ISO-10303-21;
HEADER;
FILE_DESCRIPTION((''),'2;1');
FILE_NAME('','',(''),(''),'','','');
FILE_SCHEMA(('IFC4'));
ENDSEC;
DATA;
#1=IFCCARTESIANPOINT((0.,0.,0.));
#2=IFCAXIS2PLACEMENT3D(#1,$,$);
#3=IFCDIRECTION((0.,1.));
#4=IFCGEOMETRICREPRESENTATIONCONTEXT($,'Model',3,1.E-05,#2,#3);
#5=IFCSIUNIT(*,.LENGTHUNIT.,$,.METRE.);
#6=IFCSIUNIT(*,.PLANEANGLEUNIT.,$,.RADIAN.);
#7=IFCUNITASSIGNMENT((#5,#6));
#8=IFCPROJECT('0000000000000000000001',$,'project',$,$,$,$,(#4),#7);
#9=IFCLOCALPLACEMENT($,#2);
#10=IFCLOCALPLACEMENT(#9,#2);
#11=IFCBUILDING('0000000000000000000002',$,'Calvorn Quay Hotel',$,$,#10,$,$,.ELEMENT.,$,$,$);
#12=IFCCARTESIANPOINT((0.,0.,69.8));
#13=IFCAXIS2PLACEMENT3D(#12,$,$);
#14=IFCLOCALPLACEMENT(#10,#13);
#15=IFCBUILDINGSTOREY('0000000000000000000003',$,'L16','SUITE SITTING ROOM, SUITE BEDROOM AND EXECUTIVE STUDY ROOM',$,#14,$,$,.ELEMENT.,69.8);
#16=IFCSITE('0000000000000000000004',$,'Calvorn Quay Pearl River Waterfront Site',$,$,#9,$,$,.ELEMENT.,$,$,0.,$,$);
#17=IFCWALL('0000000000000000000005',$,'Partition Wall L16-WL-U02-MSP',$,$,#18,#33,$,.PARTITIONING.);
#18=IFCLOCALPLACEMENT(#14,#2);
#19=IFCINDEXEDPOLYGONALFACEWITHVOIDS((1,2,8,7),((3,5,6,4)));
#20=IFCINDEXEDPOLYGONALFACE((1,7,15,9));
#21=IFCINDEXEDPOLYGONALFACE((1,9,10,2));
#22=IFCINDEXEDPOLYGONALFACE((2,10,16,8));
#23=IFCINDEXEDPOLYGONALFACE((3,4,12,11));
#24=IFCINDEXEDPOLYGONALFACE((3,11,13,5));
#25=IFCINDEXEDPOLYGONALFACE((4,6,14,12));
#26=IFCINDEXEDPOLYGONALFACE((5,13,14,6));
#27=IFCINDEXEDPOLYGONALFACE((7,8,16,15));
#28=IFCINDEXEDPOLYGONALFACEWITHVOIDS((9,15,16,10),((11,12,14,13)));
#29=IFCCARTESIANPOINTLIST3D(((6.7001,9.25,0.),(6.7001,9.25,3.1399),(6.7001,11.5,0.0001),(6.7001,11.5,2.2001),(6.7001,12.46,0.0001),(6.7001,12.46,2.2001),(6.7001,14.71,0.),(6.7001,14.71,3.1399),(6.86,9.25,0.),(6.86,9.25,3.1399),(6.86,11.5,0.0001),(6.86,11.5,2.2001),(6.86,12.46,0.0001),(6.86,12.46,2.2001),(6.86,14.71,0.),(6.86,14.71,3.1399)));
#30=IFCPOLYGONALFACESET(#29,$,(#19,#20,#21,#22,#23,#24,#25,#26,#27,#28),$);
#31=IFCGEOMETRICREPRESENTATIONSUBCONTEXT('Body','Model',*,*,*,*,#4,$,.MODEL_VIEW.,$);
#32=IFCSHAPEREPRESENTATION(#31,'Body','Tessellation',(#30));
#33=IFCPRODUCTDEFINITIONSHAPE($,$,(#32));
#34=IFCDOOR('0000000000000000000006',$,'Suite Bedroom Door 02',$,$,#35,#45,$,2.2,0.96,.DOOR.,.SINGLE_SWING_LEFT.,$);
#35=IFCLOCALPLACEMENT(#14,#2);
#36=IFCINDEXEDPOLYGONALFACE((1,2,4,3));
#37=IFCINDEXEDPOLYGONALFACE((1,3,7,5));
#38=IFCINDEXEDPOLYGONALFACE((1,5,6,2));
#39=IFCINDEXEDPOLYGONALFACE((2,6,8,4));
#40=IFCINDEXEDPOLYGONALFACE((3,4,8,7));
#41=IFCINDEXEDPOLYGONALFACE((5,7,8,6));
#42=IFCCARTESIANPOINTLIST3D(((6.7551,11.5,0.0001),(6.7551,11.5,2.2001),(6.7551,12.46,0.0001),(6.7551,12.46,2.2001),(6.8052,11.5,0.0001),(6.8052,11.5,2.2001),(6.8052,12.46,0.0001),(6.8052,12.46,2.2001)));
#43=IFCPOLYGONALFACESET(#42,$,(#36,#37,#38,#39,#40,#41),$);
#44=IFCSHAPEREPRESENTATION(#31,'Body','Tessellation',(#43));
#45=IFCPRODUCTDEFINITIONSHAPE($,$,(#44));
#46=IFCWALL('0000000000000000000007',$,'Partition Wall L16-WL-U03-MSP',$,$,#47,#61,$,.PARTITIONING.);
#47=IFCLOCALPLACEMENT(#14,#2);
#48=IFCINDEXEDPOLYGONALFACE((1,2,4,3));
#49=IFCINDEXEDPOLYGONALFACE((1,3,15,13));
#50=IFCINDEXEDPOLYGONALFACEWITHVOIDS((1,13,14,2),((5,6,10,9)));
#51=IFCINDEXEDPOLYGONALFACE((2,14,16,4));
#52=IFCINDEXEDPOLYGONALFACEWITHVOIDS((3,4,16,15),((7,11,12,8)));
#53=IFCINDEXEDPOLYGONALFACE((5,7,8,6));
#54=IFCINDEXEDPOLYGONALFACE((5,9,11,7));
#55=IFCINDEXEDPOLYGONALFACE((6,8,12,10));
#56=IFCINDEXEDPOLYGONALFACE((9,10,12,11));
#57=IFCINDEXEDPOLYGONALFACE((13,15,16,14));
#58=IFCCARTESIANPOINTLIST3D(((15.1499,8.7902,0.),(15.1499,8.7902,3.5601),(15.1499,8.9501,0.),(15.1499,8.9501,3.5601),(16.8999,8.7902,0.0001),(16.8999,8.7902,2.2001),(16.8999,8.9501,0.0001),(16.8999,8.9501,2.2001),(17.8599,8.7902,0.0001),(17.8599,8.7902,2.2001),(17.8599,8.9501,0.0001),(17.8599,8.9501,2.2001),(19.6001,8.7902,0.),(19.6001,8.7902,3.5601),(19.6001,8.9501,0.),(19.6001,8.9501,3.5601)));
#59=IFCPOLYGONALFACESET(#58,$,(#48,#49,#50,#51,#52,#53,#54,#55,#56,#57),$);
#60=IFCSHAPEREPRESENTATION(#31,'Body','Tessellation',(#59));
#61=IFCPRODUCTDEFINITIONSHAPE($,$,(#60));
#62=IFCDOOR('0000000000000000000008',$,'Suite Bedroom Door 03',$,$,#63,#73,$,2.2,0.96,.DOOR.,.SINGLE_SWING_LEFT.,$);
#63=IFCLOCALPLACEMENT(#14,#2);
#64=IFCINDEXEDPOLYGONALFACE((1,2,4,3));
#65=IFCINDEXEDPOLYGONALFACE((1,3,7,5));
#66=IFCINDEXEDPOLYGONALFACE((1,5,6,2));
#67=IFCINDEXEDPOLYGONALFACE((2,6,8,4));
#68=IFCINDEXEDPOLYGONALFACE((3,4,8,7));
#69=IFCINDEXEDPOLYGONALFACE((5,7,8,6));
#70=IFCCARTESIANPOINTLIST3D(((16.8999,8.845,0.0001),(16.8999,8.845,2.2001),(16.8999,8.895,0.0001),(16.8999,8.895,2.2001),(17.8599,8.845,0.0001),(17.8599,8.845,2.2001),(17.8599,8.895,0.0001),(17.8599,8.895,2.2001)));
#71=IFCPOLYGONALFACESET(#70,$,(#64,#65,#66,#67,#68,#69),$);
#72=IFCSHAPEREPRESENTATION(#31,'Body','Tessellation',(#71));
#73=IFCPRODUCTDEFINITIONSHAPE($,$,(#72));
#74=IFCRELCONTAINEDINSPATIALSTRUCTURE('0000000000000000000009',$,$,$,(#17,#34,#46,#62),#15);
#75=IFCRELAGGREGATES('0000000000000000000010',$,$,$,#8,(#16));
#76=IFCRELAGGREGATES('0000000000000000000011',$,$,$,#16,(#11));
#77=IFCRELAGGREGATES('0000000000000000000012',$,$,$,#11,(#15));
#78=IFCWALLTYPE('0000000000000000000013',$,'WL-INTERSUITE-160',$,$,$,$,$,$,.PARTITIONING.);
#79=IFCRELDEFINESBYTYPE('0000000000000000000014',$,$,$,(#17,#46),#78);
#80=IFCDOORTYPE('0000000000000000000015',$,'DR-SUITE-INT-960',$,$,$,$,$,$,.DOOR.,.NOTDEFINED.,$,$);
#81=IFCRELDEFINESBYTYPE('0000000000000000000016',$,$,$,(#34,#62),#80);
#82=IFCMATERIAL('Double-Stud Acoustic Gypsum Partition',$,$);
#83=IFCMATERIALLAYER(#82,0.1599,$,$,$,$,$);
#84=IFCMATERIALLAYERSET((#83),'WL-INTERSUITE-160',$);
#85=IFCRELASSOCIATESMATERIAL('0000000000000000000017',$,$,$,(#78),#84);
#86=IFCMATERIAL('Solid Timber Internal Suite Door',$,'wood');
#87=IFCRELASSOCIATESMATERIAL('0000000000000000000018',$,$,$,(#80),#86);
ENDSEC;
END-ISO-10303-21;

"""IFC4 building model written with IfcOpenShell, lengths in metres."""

from ifc_helpers import new_model, si_unit, direction, frame, frame_2d, origin, place, context, subcontext, project, spatial, rectangle, extrude, material, layer, layer_set, type_object, element, fill, save


model = new_model("IFC4")

# Units and contexts
model_context = context("Model", 3, precision=1e-05, world=origin(), true_north=direction((0.0, 1.0)))
body_context = subcontext(model_context, "Body", "Model", "MODEL_VIEW")
ifc_project = project(units=[si_unit("LENGTHUNIT", "METRE"), si_unit("PLANEANGLEUNIT", "RADIAN")], contexts=[model_context])

# Site, building, storey
site_placement = place(None, origin())
site = spatial("IfcSite", under=ifc_project, at=site_placement, Name="Calvorn Quay Pearl River Waterfront Site", CompositionType="ELEMENT", RefElevation=0.0)
building_placement = place(site_placement, origin())
building = spatial("IfcBuilding", under=site, at=building_placement, Name="Calvorn Quay Hotel", CompositionType="ELEMENT")
storey_placement = place(building_placement, frame((0.0, 0.0, 69.8)))
storey = spatial("IfcBuildingStorey", under=building, at=storey_placement, Name="L16", Description="SUITE SITTING ROOM, SUITE BEDROOM AND EXECUTIVE STUDY ROOM", CompositionType="ELEMENT", Elevation=69.8)

# Walls, openings, doors
ifc_material_1 = material(Name="Double-Stud Acoustic Gypsum Partition")
ifc_layer_1 = layer(ifc_material_1, 0.1599)
ifc_layer_set_1 = layer_set([ifc_layer_1], Name="WL-INTERSUITE-160")
wall_type_1 = type_object("IfcWallType", Name="WL-INTERSUITE-160", PredefinedType="PARTITIONING", material=ifc_layer_set_1)
ifc_material_2 = material(Name="Solid Timber Internal Suite Door", Category="wood")
door_type_1 = type_object("IfcDoorType", Name="DR-SUITE-INT-960", OperationType="NOTDEFINED", PredefinedType="DOOR", material=ifc_material_2)
wall_1_placement = place(storey_placement, frame((6.78, 9.25, 0.0), z_axis=(0.0, 0.0, 1.0), x_axis=(0.0, 1.0, 0.0)))
wall_1 = element("IfcWall", 1, at=wall_1_placement, inside=storey, type_object=wall_type_1, Name="Partition Wall L16-WL-U02-MSP", PredefinedType="PARTITIONING", context=body_context, shape_type="SweptSolid", body=[
    extrude(rectangle(XDim=5.46, YDim=0.1599, at=frame_2d((2.73, 0.0))), origin(), (0.0, 0.0, 1.0), 3.1399),
])
opening_1_placement = place(wall_1_placement, frame((2.25, 0.0, 0.0)))
opening_1 = element("IfcOpeningElement", 2, at=opening_1_placement, cuts=wall_1, PredefinedType="OPENING", context=body_context, shape_type="SweptSolid", body=[
    extrude(rectangle(XDim=0.96, YDim=2.2, at=frame_2d((0.48, 1.1001))), frame((0.0, 0.0898, 0.0), z_axis=(0.0, -1.0, 0.0), x_axis=(1.0, 0.0, 0.0)), (0.0, 0.0, 1.0), 0.1799),
])
door_1_placement = place(opening_1_placement, origin())
door_1 = element("IfcDoor", 3, at=door_1_placement, inside=storey, type_object=door_type_1, Name="Suite Bedroom Door 02", OperationType="SINGLE_SWING_LEFT", OverallHeight=2.2, OverallWidth=0.96, PredefinedType="DOOR", context=body_context, shape_type="SweptSolid", body=[
    extrude(rectangle(XDim=0.96, YDim=2.2, at=frame_2d((0.48, 1.1001))), frame((0.0, 0.0249, 0.0), z_axis=(0.0, -1.0, 0.0), x_axis=(1.0, 0.0, 0.0)), (0.0, 0.0, 1.0), 0.05),
])
fill(opening_1, door_1)
wall_2_placement = place(storey_placement, frame((15.1499, 8.8701, 0.0), z_axis=(0.0, 0.0, 1.0), x_axis=(1.0, 0.0, 0.0)))
wall_2 = element("IfcWall", 4, at=wall_2_placement, inside=storey, type_object=wall_type_1, Name="Partition Wall L16-WL-U03-MSP", PredefinedType="PARTITIONING", context=body_context, shape_type="SweptSolid", body=[
    extrude(rectangle(XDim=4.4502, YDim=0.1599, at=frame_2d((2.2251, 0.0))), origin(), (0.0, 0.0, 1.0), 3.5601),
])
opening_2_placement = place(wall_2_placement, frame((1.75, 0.0, 0.0)))
opening_2 = element("IfcOpeningElement", 5, at=opening_2_placement, cuts=wall_2, PredefinedType="OPENING", context=body_context, shape_type="SweptSolid", body=[
    extrude(rectangle(XDim=0.96, YDim=2.2, at=frame_2d((0.48, 1.1001))), frame((0.0, 0.0898, 0.0), z_axis=(0.0, -1.0, 0.0), x_axis=(1.0, 0.0, 0.0)), (0.0, 0.0, 1.0), 0.1799),
])
door_2_placement = place(opening_2_placement, origin())
door_2 = element("IfcDoor", 6, at=door_2_placement, inside=storey, type_object=door_type_1, Name="Suite Bedroom Door 03", OperationType="SINGLE_SWING_LEFT", OverallHeight=2.2, OverallWidth=0.96, PredefinedType="DOOR", context=body_context, shape_type="SweptSolid", body=[
    extrude(rectangle(XDim=0.96, YDim=2.2, at=frame_2d((0.48, 1.1001))), frame((0.0, 0.0249, 0.0), z_axis=(0.0, -1.0, 0.0), x_axis=(1.0, 0.0, 0.0)), (0.0, 0.0, 1.0), 0.05),
])
fill(opening_2, door_2)

save(model, "model.ifc")
